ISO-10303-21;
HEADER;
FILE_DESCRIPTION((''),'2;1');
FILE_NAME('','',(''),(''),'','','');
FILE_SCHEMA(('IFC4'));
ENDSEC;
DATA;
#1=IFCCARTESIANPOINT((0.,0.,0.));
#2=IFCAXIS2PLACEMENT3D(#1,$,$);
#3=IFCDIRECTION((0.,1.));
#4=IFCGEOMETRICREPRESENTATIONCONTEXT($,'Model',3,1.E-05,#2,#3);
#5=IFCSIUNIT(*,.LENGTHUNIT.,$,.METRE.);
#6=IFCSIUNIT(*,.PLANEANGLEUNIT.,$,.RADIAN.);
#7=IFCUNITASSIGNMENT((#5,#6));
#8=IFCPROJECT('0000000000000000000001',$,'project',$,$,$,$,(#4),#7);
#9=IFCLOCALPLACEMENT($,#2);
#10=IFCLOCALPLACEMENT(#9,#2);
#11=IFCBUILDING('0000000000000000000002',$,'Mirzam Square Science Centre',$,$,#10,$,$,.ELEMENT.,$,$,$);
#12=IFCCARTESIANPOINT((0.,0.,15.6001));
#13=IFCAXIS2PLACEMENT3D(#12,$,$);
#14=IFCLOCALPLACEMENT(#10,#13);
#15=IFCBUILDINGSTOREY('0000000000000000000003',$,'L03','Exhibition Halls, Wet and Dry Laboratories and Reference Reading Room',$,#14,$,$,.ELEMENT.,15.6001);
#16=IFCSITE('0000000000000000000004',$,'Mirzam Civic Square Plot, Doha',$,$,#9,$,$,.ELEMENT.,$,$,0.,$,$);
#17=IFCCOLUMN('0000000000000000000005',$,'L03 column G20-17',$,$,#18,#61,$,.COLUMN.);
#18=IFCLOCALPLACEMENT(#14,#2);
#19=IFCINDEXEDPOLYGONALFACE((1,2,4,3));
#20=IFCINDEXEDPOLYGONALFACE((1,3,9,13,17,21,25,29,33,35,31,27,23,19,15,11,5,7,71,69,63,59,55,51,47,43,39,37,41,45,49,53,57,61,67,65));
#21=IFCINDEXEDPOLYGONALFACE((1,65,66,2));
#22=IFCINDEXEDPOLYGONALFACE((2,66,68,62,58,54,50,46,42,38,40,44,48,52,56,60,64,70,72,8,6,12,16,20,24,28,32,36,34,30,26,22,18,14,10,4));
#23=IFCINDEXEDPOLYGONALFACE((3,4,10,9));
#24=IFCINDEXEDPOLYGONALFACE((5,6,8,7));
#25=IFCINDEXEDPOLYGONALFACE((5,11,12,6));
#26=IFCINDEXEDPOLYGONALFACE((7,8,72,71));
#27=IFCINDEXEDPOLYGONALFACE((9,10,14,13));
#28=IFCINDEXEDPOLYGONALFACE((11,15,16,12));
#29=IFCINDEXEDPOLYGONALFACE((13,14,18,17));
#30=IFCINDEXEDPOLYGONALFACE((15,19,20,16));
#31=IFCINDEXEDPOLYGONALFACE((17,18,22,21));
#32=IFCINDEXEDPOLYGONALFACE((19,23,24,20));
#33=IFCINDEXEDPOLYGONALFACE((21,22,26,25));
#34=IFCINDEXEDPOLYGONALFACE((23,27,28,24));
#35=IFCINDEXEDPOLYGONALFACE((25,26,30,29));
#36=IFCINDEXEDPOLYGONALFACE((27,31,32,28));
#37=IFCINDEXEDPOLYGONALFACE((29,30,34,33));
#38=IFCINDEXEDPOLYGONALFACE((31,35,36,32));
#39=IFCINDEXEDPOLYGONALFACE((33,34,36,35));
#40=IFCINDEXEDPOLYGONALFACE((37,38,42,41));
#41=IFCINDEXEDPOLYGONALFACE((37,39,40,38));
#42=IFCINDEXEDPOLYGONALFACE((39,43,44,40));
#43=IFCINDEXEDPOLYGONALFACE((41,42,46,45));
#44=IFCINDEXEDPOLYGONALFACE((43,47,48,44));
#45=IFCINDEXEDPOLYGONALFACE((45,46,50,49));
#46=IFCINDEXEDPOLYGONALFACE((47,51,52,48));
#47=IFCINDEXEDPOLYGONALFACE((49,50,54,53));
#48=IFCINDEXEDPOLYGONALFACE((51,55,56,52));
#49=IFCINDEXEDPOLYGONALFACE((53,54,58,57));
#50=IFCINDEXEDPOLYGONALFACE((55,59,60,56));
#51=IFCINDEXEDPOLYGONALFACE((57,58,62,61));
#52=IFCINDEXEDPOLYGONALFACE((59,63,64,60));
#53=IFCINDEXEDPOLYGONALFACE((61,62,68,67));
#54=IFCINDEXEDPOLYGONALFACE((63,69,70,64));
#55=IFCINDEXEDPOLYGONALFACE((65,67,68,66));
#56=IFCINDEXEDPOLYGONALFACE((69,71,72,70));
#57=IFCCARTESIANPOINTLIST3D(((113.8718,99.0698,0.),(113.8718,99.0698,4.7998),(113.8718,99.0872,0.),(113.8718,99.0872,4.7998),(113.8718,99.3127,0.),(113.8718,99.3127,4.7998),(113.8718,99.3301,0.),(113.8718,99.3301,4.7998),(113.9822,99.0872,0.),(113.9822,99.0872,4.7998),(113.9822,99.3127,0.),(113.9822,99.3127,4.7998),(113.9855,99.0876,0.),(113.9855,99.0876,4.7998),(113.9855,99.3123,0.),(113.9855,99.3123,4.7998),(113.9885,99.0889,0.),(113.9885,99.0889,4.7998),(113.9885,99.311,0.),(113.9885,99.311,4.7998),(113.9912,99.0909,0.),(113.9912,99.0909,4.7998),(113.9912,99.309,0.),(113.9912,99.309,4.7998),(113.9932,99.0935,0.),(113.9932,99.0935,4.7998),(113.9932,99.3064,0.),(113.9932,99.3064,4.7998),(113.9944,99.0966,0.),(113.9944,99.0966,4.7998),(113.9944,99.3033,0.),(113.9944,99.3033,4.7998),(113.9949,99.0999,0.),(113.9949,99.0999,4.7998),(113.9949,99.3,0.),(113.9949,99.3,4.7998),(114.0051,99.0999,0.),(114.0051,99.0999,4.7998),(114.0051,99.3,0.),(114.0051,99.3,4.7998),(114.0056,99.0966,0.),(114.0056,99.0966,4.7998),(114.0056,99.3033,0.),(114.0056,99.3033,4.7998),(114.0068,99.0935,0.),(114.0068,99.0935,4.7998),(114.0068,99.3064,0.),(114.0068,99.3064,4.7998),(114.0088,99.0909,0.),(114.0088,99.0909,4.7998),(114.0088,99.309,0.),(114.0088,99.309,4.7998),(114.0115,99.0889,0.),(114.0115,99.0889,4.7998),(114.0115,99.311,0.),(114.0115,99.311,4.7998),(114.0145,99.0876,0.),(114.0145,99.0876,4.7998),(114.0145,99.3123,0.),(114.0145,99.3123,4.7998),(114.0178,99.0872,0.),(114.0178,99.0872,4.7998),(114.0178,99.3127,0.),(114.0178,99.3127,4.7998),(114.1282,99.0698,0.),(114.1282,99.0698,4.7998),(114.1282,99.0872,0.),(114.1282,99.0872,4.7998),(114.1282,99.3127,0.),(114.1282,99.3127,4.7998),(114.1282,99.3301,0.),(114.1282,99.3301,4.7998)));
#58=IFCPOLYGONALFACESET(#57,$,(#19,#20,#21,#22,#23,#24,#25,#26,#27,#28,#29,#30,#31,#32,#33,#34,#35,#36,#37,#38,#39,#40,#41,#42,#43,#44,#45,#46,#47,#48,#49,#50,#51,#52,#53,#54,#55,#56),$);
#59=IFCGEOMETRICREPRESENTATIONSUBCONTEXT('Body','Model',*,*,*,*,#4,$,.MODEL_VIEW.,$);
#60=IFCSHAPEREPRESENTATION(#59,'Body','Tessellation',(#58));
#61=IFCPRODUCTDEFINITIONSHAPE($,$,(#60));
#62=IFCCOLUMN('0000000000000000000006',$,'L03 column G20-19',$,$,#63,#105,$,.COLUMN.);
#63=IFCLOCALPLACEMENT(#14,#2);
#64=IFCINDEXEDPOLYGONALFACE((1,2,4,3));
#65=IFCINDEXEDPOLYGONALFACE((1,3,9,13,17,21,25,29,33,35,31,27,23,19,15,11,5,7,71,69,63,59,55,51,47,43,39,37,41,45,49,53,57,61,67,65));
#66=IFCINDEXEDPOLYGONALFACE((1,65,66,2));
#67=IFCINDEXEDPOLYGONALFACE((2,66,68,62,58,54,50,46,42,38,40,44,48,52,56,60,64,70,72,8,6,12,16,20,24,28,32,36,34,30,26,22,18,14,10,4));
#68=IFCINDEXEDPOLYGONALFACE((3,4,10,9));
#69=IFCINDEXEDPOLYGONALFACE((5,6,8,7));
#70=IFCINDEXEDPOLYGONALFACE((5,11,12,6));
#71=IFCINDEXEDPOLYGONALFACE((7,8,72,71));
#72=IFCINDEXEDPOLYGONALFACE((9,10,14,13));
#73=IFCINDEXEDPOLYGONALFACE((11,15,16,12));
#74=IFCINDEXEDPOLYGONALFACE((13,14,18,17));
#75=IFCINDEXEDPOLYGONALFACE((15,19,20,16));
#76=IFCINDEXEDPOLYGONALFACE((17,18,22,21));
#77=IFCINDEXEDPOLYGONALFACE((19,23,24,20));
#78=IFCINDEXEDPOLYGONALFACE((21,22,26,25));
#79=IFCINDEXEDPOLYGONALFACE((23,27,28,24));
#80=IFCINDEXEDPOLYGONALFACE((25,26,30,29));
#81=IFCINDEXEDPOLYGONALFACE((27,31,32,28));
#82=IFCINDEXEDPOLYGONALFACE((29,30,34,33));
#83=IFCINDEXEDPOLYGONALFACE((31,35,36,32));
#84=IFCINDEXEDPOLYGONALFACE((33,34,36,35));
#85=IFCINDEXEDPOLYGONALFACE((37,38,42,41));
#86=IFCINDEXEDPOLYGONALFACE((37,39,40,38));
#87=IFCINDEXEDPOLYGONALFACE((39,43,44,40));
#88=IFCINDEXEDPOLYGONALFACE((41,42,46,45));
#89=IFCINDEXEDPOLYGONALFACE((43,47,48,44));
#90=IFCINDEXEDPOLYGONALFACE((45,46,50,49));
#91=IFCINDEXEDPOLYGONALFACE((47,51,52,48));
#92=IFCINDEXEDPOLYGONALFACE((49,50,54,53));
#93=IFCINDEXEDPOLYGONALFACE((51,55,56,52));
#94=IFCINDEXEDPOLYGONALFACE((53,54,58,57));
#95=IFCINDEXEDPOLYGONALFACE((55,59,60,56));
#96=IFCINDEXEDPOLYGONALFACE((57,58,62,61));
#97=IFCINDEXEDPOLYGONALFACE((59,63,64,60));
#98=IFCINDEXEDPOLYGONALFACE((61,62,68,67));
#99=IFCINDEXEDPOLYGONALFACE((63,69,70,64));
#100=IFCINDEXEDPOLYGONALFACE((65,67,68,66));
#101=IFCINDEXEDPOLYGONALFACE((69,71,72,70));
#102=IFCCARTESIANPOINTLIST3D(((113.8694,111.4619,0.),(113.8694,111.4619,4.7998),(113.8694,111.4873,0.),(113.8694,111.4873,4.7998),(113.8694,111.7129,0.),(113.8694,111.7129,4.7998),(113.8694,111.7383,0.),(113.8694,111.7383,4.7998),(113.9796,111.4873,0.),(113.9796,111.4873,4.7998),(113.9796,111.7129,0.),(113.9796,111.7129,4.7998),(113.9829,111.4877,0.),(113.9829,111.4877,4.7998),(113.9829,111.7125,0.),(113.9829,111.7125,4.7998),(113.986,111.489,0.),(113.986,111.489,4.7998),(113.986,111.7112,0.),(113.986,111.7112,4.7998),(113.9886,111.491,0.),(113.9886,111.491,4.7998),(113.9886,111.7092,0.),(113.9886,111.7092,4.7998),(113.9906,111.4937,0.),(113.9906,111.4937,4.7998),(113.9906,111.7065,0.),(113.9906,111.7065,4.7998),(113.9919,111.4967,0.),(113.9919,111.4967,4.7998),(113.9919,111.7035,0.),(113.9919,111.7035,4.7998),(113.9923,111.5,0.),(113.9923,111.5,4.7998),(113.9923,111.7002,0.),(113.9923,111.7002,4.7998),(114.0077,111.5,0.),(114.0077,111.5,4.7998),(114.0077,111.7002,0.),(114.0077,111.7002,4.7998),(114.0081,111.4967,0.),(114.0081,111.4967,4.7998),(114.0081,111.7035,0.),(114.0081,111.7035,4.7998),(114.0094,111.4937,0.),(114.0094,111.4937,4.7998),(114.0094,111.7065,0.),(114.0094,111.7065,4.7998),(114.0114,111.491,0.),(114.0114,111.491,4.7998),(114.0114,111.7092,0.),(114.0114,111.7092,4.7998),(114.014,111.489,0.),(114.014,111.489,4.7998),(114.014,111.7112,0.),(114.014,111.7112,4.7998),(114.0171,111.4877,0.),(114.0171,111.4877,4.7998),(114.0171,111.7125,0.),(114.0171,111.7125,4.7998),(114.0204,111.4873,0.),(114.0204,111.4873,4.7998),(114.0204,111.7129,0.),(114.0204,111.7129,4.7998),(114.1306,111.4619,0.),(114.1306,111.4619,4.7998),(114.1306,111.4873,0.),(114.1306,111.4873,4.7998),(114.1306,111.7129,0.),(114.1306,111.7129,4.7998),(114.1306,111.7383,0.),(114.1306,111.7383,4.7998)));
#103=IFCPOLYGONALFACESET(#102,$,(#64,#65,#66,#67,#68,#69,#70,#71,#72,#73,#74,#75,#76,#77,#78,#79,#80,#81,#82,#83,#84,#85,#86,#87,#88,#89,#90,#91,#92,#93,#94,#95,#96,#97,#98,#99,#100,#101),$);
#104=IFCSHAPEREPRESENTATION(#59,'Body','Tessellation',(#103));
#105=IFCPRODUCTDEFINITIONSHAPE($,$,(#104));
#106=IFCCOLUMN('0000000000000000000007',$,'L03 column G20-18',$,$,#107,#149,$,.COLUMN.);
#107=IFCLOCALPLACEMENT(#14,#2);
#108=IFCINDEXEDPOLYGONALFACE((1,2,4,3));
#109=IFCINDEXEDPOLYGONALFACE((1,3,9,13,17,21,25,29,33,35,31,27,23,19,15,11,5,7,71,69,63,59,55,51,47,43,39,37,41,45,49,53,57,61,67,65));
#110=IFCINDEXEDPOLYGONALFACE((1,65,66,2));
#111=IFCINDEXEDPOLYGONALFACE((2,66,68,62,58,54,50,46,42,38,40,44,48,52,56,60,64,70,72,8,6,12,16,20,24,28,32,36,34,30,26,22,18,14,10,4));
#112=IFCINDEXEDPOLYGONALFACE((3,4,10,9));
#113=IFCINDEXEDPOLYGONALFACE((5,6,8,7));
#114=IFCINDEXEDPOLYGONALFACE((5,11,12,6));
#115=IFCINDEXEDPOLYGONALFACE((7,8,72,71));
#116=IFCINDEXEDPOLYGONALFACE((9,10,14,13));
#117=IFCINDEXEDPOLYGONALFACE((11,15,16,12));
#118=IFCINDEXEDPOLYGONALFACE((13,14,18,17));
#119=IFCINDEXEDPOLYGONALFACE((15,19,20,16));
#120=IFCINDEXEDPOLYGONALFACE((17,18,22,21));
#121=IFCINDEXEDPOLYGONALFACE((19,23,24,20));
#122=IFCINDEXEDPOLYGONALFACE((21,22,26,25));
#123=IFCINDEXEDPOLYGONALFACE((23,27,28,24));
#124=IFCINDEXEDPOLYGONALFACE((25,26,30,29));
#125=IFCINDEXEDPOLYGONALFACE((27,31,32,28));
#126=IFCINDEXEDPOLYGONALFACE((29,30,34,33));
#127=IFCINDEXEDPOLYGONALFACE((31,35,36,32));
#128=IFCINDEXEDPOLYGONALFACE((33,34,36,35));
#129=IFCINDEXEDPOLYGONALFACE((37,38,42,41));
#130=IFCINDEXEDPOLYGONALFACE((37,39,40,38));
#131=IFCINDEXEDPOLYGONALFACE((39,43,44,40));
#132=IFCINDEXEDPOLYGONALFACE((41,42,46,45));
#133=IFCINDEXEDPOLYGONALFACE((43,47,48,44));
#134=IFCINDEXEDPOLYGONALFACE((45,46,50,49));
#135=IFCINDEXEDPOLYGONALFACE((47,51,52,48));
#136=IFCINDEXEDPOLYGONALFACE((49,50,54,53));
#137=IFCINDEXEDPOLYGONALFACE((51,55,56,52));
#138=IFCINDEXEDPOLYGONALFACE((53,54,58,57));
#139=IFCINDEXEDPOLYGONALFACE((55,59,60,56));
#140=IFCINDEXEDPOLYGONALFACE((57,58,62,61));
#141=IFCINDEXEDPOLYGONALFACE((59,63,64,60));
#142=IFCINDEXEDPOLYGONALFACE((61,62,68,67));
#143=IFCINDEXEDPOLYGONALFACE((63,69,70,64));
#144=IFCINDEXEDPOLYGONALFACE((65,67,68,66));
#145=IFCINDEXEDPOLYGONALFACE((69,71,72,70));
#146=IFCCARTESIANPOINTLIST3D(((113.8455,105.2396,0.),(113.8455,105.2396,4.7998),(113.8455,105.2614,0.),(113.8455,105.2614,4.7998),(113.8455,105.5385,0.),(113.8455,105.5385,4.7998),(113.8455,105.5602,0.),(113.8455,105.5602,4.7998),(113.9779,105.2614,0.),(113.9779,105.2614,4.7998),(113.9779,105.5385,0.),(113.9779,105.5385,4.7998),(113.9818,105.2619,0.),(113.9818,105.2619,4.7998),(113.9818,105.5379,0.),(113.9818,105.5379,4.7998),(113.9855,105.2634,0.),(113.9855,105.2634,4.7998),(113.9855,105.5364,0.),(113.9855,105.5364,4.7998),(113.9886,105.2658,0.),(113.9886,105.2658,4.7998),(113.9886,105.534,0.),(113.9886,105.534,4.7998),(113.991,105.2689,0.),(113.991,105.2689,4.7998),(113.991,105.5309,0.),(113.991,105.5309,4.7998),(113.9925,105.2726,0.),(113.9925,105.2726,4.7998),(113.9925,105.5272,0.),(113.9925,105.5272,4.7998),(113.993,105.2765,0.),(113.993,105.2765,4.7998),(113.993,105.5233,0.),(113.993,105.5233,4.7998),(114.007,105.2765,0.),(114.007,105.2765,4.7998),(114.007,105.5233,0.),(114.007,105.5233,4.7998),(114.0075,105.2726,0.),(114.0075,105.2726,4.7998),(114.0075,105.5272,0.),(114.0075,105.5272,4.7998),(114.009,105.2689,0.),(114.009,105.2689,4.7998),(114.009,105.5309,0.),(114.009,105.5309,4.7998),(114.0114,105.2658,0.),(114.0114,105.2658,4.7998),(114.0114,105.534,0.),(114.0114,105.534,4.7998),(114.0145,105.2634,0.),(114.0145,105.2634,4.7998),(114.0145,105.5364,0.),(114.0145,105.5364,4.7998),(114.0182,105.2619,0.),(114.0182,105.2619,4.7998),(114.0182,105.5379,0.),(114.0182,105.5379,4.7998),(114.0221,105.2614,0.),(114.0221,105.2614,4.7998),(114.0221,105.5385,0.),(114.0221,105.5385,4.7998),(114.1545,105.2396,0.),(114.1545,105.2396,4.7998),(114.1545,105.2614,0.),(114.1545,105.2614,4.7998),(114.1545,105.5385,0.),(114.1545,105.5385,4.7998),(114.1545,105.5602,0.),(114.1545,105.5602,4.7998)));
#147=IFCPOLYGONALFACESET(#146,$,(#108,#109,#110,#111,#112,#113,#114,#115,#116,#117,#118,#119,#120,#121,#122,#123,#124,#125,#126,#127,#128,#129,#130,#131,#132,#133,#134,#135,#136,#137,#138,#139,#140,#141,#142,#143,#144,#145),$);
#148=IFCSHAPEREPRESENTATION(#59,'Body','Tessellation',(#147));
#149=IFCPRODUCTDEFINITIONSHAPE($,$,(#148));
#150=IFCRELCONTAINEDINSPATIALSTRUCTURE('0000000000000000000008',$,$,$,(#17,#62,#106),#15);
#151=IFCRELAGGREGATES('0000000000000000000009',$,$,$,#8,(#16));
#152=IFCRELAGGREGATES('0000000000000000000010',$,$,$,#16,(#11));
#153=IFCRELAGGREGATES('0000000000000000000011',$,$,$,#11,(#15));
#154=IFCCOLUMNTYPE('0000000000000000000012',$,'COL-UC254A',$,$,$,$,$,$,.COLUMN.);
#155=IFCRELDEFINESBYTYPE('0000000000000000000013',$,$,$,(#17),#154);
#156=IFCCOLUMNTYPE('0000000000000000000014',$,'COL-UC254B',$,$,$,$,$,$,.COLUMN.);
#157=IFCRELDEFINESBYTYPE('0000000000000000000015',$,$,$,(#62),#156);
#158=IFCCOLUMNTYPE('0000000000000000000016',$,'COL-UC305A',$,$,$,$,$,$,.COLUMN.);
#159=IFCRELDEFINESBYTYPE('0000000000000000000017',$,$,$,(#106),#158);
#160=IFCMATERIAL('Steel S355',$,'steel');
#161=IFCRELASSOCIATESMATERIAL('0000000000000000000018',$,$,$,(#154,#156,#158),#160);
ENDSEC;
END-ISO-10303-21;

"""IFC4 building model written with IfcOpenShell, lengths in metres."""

from ifc_helpers import new_model, si_unit, direction, frame, origin, origin_2d, place, context, subcontext, project, spatial, i_section, extrude, material, material_profile, profile_set, type_object, element, save


model = new_model("IFC4")

# Units and contexts
model_context = context("Model", 3, precision=1e-05, world=origin(), true_north=direction((0.0, 1.0)))
body_context = subcontext(model_context, "Body", "Model", "MODEL_VIEW")
ifc_project = project(units=[si_unit("LENGTHUNIT", "METRE"), si_unit("PLANEANGLEUNIT", "RADIAN")], contexts=[model_context])

# Site, building, storey
site_placement = place(None, origin())
site = spatial("IfcSite", under=ifc_project, at=site_placement, Name="Mirzam Civic Square Plot, Doha", CompositionType="ELEMENT", RefElevation=0.0)
building_placement = place(site_placement, origin())
building = spatial("IfcBuilding", under=site, at=building_placement, Name="Mirzam Square Science Centre", CompositionType="ELEMENT")
storey_placement = place(building_placement, frame((0.0, 0.0, 15.6001)))
storey = spatial("IfcBuildingStorey", under=building, at=storey_placement, Name="L03", Description="Exhibition Halls, Wet and Dry Laboratories and Reference Reading Room", CompositionType="ELEMENT", Elevation=15.6001)

# Columns
ifc_material_1 = material(Name="Steel S355", Category="steel")
ifc_material_profile_1 = material_profile(ifc_material_1, i_section(OverallWidth=0.2563, OverallDepth=0.2603, WebThickness=0.0103, FlangeThickness=0.0173, FilletRadius=0.0127, at=origin_2d()), Name="254x254x89UC")
ifc_profile_set_1 = profile_set([ifc_material_profile_1], Name="Steel S355")
column_type_1 = type_object("IfcColumnType", Name="COL-UC254A", PredefinedType="COLUMN", material=ifc_profile_set_1)
column_1_placement = place(storey_placement, frame((114.0, 99.2, 0.0), z_axis=(0.0, 0.0, 1.0), x_axis=(1.0, 0.0, 0.0)))
element("IfcColumn", 1, at=column_1_placement, inside=storey, type_object=column_type_1, Name="L03 column G20-17", PredefinedType="COLUMN", context=body_context, shape_type="SweptSolid", body=[
    extrude(i_section(OverallWidth=0.2563, OverallDepth=0.2603, WebThickness=0.0103, FlangeThickness=0.0173, FilletRadius=0.0127, at=origin_2d()), origin(), (0.0, 0.0, 1.0), 4.7998),
])
ifc_material_profile_2 = material_profile(ifc_material_1, i_section(OverallWidth=0.2612, OverallDepth=0.2764, WebThickness=0.0154, FlangeThickness=0.0254, FilletRadius=0.0127, at=origin_2d()), Name="254x254x132UC")
ifc_profile_set_2 = profile_set([ifc_material_profile_2], Name="Steel S355")
column_type_2 = type_object("IfcColumnType", Name="COL-UC254B", PredefinedType="COLUMN", material=ifc_profile_set_2)
column_2_placement = place(storey_placement, frame((114.0, 111.6001, 0.0), z_axis=(0.0, 0.0, 1.0), x_axis=(1.0, 0.0, 0.0)))
element("IfcColumn", 2, at=column_2_placement, inside=storey, type_object=column_type_2, Name="L03 column G20-19", PredefinedType="COLUMN", context=body_context, shape_type="SweptSolid", body=[
    extrude(i_section(OverallWidth=0.2612, OverallDepth=0.2764, WebThickness=0.0154, FlangeThickness=0.0254, FilletRadius=0.0127, at=origin_2d()), origin(), (0.0, 0.0, 1.0), 4.7998),
])
ifc_material_profile_3 = material_profile(ifc_material_1, i_section(OverallWidth=0.3091, OverallDepth=0.3206, WebThickness=0.0139, FlangeThickness=0.0217, FilletRadius=0.0151, at=origin_2d()), Name="305x305x137UC")
ifc_profile_set_3 = profile_set([ifc_material_profile_3], Name="Steel S355")
column_type_3 = type_object("IfcColumnType", Name="COL-UC305A", PredefinedType="COLUMN", material=ifc_profile_set_3)
column_3_placement = place(storey_placement, frame((114.0, 105.3999, 0.0), z_axis=(0.0, 0.0, 1.0), x_axis=(1.0, 0.0, 0.0)))
element("IfcColumn", 3, at=column_3_placement, inside=storey, type_object=column_type_3, Name="L03 column G20-18", PredefinedType="COLUMN", context=body_context, shape_type="SweptSolid", body=[
    extrude(i_section(OverallWidth=0.3091, OverallDepth=0.3206, WebThickness=0.0139, FlangeThickness=0.0217, FilletRadius=0.0151, at=origin_2d()), origin(), (0.0, 0.0, 1.0), 4.7998),
])

save(model, "model.ifc")
